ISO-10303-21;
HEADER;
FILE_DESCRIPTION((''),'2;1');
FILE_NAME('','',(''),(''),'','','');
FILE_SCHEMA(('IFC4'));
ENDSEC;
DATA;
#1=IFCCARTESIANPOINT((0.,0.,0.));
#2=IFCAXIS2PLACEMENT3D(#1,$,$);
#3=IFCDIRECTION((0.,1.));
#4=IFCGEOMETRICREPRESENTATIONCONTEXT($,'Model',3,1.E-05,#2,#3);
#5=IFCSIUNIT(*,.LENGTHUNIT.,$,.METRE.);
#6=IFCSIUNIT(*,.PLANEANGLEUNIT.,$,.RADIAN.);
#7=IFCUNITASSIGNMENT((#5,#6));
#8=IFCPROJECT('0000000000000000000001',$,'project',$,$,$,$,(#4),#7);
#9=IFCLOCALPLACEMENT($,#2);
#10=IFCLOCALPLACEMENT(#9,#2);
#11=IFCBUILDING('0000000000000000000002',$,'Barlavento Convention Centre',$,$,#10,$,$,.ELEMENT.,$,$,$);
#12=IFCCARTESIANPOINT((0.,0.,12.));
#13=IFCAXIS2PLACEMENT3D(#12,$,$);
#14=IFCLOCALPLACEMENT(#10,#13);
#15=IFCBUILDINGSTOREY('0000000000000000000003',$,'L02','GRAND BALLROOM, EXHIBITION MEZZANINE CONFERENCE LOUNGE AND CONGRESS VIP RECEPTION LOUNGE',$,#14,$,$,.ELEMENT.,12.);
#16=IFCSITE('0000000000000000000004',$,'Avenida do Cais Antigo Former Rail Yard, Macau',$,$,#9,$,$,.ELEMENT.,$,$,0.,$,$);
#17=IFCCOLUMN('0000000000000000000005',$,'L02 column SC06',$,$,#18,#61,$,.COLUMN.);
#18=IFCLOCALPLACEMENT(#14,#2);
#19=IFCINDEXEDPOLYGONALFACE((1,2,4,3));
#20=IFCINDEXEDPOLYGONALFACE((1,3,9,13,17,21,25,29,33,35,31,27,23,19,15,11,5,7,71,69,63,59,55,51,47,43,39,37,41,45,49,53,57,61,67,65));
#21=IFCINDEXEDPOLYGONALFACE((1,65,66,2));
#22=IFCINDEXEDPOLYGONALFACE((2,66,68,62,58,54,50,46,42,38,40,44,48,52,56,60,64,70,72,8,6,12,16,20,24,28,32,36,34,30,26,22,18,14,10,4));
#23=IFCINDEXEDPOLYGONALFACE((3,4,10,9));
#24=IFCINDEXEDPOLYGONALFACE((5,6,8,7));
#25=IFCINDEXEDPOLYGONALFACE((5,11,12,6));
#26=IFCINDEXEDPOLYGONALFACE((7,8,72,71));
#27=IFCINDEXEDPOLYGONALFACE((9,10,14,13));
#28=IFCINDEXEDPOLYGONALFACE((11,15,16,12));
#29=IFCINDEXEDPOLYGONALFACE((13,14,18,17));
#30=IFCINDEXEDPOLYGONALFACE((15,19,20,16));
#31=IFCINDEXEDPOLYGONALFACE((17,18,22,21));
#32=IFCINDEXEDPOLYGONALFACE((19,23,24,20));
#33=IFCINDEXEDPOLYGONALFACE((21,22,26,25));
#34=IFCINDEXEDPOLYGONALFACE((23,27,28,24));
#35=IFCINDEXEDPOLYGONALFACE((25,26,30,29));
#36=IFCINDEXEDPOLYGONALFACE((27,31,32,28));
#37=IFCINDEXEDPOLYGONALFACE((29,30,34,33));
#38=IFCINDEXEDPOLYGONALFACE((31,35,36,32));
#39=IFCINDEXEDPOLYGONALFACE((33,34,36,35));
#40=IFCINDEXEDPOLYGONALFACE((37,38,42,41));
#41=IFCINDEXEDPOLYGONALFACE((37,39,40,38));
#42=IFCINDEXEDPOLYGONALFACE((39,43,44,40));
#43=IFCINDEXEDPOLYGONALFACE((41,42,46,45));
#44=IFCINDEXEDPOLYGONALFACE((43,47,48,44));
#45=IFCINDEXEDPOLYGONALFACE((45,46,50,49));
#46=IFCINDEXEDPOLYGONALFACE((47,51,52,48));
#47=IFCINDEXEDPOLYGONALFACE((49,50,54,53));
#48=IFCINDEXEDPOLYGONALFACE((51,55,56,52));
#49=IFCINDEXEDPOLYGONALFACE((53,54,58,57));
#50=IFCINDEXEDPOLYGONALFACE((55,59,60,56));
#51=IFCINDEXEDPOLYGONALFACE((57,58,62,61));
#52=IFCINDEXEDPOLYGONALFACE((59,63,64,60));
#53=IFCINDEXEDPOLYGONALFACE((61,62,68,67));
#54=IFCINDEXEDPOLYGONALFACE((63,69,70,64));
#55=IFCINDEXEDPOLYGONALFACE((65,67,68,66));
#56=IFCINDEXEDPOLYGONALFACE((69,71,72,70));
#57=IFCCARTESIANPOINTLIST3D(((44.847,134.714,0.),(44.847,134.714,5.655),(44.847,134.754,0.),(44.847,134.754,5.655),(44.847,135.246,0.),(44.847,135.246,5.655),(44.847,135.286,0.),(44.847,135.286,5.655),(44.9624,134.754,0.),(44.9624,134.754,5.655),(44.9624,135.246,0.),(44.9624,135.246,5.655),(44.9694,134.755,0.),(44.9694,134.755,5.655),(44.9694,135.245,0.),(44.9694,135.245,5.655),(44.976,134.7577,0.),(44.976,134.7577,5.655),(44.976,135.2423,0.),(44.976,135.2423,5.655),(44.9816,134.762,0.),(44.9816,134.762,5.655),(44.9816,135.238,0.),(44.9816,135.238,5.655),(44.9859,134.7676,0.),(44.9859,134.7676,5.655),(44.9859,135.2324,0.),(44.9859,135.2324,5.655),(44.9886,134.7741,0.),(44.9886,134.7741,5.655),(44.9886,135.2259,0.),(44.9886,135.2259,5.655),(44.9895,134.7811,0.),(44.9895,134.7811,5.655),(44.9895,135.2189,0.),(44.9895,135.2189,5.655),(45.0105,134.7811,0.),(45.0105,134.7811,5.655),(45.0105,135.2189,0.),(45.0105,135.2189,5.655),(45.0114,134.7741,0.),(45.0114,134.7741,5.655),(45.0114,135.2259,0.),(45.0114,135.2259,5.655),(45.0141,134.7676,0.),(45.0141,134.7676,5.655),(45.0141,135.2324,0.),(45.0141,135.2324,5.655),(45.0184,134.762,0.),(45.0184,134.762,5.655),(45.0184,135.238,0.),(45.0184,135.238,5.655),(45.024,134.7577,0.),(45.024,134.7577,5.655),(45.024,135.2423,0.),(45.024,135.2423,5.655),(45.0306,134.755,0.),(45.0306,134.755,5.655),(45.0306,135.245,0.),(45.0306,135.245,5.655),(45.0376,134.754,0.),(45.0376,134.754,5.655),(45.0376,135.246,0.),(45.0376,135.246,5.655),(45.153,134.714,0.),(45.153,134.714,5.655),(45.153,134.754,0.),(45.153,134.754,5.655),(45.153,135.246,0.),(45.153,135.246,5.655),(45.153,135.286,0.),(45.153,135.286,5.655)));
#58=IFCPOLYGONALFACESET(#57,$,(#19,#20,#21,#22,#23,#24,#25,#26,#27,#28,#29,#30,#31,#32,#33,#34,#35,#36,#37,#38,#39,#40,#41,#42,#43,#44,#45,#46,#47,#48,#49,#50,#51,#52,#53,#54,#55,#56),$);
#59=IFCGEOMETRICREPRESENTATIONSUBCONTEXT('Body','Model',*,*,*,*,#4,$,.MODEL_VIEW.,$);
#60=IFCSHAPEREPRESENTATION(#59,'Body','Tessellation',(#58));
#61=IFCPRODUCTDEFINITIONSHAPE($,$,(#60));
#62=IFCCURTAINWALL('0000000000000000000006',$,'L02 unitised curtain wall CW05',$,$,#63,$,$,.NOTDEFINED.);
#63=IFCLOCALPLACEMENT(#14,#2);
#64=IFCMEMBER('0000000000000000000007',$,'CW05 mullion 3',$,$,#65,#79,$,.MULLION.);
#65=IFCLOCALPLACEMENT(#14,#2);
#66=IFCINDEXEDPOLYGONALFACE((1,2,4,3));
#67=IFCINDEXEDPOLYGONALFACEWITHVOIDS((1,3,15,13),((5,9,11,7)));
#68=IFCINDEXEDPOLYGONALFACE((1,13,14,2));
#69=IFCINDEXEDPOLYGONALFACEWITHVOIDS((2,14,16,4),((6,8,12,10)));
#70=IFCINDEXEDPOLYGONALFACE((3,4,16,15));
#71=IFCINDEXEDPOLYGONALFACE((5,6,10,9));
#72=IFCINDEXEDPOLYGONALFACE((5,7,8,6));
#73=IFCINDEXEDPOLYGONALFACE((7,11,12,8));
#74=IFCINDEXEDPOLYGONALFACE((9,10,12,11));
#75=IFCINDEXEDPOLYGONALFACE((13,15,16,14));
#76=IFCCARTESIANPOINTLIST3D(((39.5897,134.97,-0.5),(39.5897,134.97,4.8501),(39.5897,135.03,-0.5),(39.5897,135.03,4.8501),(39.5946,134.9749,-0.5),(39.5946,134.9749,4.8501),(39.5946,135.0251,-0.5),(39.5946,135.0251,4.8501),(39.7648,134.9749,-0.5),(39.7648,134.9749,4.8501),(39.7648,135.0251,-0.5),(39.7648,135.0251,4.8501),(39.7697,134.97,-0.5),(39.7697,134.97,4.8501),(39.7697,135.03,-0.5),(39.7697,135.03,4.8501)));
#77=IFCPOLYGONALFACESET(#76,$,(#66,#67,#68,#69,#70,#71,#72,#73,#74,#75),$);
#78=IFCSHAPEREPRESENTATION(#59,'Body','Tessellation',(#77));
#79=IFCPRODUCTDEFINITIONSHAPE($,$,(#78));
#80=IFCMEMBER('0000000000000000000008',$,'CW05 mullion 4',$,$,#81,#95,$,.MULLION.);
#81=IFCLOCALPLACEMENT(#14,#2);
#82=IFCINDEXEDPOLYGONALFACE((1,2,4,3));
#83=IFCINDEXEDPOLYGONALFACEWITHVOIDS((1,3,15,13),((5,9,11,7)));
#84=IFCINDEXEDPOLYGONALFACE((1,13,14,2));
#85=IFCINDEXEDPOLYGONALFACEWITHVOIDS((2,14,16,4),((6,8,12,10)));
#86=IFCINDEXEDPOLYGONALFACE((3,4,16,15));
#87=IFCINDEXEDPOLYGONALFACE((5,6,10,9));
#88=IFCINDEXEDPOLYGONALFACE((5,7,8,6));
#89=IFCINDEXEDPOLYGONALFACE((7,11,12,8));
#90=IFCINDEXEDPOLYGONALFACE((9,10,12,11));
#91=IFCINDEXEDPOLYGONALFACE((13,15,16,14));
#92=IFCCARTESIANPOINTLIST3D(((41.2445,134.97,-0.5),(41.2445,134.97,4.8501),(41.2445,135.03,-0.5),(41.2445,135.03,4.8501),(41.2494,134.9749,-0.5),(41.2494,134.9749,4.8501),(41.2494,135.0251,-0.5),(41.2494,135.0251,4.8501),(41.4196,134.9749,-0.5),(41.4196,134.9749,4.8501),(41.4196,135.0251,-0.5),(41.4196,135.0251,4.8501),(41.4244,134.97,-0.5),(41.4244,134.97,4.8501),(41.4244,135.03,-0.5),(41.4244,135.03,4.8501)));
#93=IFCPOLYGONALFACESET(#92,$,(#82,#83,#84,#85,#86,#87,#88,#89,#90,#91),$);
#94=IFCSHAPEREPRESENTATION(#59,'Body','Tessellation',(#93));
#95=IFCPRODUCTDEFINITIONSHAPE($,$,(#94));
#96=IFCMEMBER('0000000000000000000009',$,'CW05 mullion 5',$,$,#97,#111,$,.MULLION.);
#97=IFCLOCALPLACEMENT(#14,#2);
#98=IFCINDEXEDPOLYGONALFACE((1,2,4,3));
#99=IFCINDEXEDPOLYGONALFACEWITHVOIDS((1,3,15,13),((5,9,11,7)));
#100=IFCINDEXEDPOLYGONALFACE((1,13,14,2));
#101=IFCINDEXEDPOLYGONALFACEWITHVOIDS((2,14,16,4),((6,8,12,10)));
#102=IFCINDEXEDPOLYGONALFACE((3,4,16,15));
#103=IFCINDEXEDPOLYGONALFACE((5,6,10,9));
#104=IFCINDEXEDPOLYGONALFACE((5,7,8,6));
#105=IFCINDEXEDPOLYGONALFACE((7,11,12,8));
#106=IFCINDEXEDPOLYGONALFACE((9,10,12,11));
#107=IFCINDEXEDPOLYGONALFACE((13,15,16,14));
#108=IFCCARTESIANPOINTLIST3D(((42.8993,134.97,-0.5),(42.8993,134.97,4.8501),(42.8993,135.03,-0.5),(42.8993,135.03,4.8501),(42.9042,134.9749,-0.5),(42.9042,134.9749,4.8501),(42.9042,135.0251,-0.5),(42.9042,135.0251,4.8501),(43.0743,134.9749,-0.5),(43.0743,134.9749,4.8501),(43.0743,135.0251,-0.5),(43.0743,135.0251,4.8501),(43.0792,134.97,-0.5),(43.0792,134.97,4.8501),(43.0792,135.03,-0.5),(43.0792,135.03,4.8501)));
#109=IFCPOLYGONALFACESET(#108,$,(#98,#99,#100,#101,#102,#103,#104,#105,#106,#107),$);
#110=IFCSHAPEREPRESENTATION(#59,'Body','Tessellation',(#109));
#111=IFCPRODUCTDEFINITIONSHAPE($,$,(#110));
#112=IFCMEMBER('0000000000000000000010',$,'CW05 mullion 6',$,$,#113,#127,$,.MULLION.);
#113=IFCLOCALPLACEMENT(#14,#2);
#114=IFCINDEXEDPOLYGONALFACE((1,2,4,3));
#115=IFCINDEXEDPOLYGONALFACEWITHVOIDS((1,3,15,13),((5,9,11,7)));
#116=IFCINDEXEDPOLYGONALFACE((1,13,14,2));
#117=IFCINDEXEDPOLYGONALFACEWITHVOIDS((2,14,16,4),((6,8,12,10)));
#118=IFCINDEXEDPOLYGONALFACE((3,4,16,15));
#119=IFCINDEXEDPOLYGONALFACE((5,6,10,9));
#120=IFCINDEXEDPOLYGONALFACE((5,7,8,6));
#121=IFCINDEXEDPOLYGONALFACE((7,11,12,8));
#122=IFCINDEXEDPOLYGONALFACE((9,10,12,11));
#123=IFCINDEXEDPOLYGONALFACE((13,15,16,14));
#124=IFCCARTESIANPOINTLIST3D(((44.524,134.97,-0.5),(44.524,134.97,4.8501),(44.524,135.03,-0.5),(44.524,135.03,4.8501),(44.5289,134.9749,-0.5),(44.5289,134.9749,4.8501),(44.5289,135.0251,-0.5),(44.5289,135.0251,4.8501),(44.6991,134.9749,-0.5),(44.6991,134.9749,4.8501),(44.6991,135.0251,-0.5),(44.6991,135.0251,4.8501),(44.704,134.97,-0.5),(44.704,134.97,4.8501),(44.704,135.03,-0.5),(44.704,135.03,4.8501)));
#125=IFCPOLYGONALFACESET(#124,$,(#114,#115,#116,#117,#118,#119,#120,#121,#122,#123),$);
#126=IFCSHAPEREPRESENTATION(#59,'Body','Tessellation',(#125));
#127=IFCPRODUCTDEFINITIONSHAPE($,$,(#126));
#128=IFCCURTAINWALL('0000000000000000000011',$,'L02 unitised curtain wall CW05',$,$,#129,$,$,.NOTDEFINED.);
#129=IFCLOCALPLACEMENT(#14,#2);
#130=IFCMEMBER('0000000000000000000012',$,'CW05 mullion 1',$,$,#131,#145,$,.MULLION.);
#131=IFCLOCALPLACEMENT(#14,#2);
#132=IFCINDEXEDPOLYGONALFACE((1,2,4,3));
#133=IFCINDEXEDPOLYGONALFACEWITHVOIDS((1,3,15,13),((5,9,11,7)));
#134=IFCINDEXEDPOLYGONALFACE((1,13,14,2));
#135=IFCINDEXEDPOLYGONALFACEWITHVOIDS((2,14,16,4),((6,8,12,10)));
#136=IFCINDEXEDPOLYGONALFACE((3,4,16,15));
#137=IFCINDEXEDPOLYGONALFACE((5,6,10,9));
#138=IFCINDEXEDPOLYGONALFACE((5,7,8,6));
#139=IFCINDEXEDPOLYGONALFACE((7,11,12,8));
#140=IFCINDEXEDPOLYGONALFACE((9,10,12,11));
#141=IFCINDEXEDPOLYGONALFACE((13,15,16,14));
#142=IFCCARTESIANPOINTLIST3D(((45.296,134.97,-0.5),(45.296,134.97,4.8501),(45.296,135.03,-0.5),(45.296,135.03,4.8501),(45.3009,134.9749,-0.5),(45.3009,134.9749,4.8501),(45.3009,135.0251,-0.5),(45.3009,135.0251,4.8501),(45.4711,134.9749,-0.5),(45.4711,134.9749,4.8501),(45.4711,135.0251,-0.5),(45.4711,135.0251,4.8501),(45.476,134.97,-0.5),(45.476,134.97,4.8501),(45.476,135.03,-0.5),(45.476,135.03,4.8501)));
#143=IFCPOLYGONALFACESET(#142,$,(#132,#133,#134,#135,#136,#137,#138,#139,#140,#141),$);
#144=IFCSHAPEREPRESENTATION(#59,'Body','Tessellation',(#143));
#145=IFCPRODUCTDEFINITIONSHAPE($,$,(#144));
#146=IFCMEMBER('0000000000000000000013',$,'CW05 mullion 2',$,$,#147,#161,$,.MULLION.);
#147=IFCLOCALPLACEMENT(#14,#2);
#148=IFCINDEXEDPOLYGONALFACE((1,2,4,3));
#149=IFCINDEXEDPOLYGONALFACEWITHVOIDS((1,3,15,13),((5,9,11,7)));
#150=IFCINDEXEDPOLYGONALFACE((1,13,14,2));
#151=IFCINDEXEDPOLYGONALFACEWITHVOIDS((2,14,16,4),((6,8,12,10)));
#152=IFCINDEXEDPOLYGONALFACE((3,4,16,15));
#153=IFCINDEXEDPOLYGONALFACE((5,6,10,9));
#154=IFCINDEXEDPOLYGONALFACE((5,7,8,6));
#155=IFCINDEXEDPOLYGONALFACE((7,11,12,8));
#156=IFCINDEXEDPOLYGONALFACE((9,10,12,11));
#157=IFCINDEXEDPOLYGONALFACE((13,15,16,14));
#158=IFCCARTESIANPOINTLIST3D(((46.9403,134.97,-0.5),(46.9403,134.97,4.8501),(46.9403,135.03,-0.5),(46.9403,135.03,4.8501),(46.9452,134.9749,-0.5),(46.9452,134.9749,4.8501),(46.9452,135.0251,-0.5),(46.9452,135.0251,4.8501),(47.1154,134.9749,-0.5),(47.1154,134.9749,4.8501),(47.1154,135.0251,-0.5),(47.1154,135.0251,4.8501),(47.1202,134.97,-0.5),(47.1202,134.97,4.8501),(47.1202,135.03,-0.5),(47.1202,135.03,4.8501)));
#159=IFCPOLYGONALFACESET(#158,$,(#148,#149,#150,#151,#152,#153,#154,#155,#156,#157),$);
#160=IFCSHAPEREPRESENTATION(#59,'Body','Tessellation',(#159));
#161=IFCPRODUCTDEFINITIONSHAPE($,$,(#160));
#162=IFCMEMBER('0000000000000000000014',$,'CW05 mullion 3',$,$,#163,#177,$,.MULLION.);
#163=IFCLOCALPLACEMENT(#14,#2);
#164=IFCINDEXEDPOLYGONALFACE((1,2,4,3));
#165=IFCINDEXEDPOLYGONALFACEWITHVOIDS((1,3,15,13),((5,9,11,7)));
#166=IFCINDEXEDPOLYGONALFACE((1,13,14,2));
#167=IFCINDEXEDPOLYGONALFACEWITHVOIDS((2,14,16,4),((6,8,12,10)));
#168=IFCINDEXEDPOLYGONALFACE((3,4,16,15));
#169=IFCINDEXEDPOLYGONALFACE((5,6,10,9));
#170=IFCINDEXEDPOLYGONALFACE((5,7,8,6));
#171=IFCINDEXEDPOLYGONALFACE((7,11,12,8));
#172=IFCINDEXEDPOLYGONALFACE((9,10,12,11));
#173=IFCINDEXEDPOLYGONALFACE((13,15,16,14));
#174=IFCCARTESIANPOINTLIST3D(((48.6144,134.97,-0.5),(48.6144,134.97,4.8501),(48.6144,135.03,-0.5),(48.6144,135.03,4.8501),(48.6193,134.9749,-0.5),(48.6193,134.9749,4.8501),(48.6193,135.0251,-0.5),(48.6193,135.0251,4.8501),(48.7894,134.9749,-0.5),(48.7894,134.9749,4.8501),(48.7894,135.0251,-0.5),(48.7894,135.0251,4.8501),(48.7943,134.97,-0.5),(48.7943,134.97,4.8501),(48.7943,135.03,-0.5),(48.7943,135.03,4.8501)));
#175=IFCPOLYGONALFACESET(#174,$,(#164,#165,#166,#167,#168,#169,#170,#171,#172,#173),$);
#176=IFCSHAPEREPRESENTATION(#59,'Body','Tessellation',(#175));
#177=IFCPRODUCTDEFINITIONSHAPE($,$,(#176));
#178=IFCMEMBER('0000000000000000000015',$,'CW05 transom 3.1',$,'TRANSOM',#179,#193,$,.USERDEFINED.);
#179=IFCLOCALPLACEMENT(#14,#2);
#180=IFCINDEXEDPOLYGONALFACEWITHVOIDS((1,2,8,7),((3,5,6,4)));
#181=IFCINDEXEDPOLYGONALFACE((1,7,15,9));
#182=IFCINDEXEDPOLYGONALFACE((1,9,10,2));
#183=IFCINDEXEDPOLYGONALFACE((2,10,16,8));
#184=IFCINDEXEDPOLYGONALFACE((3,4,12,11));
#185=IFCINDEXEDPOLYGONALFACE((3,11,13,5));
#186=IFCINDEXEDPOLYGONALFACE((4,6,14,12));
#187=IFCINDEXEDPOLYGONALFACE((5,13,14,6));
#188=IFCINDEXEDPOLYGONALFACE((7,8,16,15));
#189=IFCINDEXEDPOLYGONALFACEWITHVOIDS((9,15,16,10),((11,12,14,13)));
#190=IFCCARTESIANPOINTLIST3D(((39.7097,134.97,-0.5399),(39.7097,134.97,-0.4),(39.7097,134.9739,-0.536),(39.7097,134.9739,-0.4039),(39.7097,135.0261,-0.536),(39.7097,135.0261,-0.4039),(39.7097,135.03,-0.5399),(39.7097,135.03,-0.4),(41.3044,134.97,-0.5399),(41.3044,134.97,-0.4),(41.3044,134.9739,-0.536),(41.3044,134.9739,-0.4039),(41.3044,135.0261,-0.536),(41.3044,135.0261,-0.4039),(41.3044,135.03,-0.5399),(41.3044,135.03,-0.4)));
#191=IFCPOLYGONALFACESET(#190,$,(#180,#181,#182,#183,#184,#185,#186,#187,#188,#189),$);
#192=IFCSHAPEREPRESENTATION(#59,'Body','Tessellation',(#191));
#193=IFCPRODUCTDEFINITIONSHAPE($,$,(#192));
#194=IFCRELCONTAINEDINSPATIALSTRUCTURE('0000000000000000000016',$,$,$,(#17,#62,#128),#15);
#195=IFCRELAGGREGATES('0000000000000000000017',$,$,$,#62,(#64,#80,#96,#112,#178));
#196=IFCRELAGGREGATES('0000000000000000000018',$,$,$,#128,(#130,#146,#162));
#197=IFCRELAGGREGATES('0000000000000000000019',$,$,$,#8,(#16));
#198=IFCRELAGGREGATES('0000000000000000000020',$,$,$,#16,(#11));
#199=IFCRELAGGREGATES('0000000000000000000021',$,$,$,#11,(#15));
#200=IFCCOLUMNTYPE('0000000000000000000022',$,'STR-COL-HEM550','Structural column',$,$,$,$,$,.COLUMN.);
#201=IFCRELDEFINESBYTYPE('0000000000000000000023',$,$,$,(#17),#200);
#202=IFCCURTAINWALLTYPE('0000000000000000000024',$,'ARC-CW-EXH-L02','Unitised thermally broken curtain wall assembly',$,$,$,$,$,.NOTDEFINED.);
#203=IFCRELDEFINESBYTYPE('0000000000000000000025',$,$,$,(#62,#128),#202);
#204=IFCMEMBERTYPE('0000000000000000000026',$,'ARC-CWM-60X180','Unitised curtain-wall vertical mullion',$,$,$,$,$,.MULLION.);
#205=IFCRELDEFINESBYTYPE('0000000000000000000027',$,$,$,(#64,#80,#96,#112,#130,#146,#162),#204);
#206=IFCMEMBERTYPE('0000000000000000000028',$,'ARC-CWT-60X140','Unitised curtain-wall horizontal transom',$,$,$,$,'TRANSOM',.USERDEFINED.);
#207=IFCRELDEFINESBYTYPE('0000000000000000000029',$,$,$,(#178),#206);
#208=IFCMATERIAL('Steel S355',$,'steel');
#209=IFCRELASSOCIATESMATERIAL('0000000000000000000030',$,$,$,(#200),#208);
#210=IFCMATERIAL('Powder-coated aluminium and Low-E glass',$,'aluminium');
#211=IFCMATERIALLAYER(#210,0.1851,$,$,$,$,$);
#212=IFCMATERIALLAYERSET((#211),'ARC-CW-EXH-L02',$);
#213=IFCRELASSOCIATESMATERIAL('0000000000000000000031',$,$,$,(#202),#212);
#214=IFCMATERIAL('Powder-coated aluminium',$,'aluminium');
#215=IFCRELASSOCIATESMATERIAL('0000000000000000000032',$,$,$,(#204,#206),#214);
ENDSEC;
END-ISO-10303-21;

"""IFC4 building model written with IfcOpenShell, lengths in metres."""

from ifc_helpers import new_model, si_unit, direction, frame, origin, origin_2d, place, context, subcontext, project, spatial, hollow_rectangle, i_section, extrude, material, layer, layer_set, material_profile, profile_set, type_object, element, aggregate, save


model = new_model("IFC4")

# Units and contexts
model_context = context("Model", 3, precision=1e-05, world=origin(), true_north=direction((0.0, 1.0)))
body_context = subcontext(model_context, "Body", "Model", "MODEL_VIEW")
ifc_project = project(units=[si_unit("LENGTHUNIT", "METRE"), si_unit("PLANEANGLEUNIT", "RADIAN")], contexts=[model_context])

# Site, building, storey
site_placement = place(None, origin())
site = spatial("IfcSite", under=ifc_project, at=site_placement, Name="Avenida do Cais Antigo Former Rail Yard, Macau", CompositionType="ELEMENT", RefElevation=0.0)
building_placement = place(site_placement, origin())
building = spatial("IfcBuilding", under=site, at=building_placement, Name="Barlavento Convention Centre", CompositionType="ELEMENT")
storey_placement = place(building_placement, frame((0.0, 0.0, 12.0)))
storey = spatial("IfcBuildingStorey", under=building, at=storey_placement, Name="L02", Description="GRAND BALLROOM, EXHIBITION MEZZANINE CONFERENCE LOUNGE AND CONGRESS VIP RECEPTION LOUNGE", CompositionType="ELEMENT", Elevation=12.0)

# Column
ifc_material_1 = material(Name="Steel S355", Category="steel")
ifc_material_profile_1 = material_profile(ifc_material_1, i_section(OverallWidth=0.3059, OverallDepth=0.572, WebThickness=0.021, FlangeThickness=0.04, FilletRadius=0.0271, at=origin_2d()), Name="HEM 550")
ifc_profile_set_1 = profile_set([ifc_material_profile_1], Name="Steel S355")
column_type = type_object("IfcColumnType", Name="STR-COL-HEM550", Description="Structural column", PredefinedType="COLUMN", material=ifc_profile_set_1)
column_placement = place(storey_placement, frame((45.0, 135.0, 0.0), z_axis=(0.0, 0.0, 1.0), x_axis=(1.0, 0.0, 0.0)))
element("IfcColumn", 1, at=column_placement, inside=storey, type_object=column_type, Name="L02 column SC06", PredefinedType="COLUMN", context=body_context, shape_type="SweptSolid", body=[
    extrude(i_section(OverallWidth=0.3059, OverallDepth=0.572, WebThickness=0.021, FlangeThickness=0.04, FilletRadius=0.0271, at=origin_2d()), origin(), (0.0, 0.0, 1.0), 5.655),
])

# Curtain walls, members
ifc_material_2 = material(Name="Powder-coated aluminium and Low-E glass", Category="aluminium")
ifc_layer_1 = layer(ifc_material_2, 0.1851)
ifc_layer_set_1 = layer_set([ifc_layer_1], Name="ARC-CW-EXH-L02")
curtain_wall_type = type_object("IfcCurtainWallType", Name="ARC-CW-EXH-L02", Description="Unitised thermally broken curtain wall assembly", PredefinedType="NOTDEFINED", material=ifc_layer_set_1)
curtain_wall_1_placement = place(storey_placement, origin())
curtain_wall_1 = element("IfcCurtainWall", 2, at=curtain_wall_1_placement, inside=storey, type_object=curtain_wall_type, Name="L02 unitised curtain wall CW05", PredefinedType="NOTDEFINED")
ifc_material_3 = material(Name="Powder-coated aluminium", Category="aluminium")
ifc_material_profile_2 = material_profile(ifc_material_3, hollow_rectangle(XDim=0.0601, YDim=0.1799, WallThickness=0.0049, at=origin_2d()), Name="AL-MULL 60x180x5")
ifc_profile_set_2 = profile_set([ifc_material_profile_2], Name="Powder-coated aluminium")
member_type_1 = type_object("IfcMemberType", Name="ARC-CWM-60X180", Description="Unitised curtain-wall vertical mullion", PredefinedType="MULLION", material=ifc_profile_set_2)
member_1_placement = place(storey_placement, frame((39.6797, 135.0, -0.5), z_axis=(0.0, 0.0, 1.0), x_axis=(0.0, 1.0, 0.0)))
member_1 = element("IfcMember", 3, at=member_1_placement, type_object=member_type_1, Name="CW05 mullion 3", PredefinedType="MULLION", context=body_context, shape_type="SweptSolid", body=[
    extrude(hollow_rectangle(XDim=0.0601, YDim=0.1799, WallThickness=0.0049, at=origin_2d()), origin(), (0.0, 0.0, 1.0), 5.3501),
])
member_2_placement = place(storey_placement, frame((41.3345, 135.0, -0.5), z_axis=(0.0, 0.0, 1.0), x_axis=(0.0, 1.0, 0.0)))
member_2 = element("IfcMember", 4, at=member_2_placement, type_object=member_type_1, Name="CW05 mullion 4", PredefinedType="MULLION", context=body_context, shape_type="SweptSolid", body=[
    extrude(hollow_rectangle(XDim=0.0601, YDim=0.1799, WallThickness=0.0049, at=origin_2d()), origin(), (0.0, 0.0, 1.0), 5.3501),
])
member_3_placement = place(storey_placement, frame((42.9893, 135.0, -0.5), z_axis=(0.0, 0.0, 1.0), x_axis=(0.0, 1.0, 0.0)))
member_3 = element("IfcMember", 5, at=member_3_placement, type_object=member_type_1, Name="CW05 mullion 5", PredefinedType="MULLION", context=body_context, shape_type="SweptSolid", body=[
    extrude(hollow_rectangle(XDim=0.0601, YDim=0.1799, WallThickness=0.0049, at=origin_2d()), origin(), (0.0, 0.0, 1.0), 5.3501),
])
member_4_placement = place(storey_placement, frame((44.614, 135.0, -0.5), z_axis=(0.0, 0.0, 1.0), x_axis=(0.0, 1.0, 0.0)))
member_4 = element("IfcMember", 6, at=member_4_placement, type_object=member_type_1, Name="CW05 mullion 6", PredefinedType="MULLION", context=body_context, shape_type="SweptSolid", body=[
    extrude(hollow_rectangle(XDim=0.0601, YDim=0.1799, WallThickness=0.0049, at=origin_2d()), origin(), (0.0, 0.0, 1.0), 5.3501),
])
curtain_wall_2_placement = place(storey_placement, origin())
curtain_wall_2 = element("IfcCurtainWall", 7, at=curtain_wall_2_placement, inside=storey, type_object=curtain_wall_type, Name="L02 unitised curtain wall CW05", PredefinedType="NOTDEFINED")
member_5_placement = place(storey_placement, frame((45.386, 135.0, -0.5), z_axis=(0.0, 0.0, 1.0), x_axis=(0.0, 1.0, 0.0)))
member_5 = element("IfcMember", 8, at=member_5_placement, type_object=member_type_1, Name="CW05 mullion 1", PredefinedType="MULLION", context=body_context, shape_type="SweptSolid", body=[
    extrude(hollow_rectangle(XDim=0.0601, YDim=0.1799, WallThickness=0.0049, at=origin_2d()), origin(), (0.0, 0.0, 1.0), 5.3501),
])
member_6_placement = place(storey_placement, frame((47.0303, 135.0, -0.5), z_axis=(0.0, 0.0, 1.0), x_axis=(0.0, 1.0, 0.0)))
member_6 = element("IfcMember", 9, at=member_6_placement, type_object=member_type_1, Name="CW05 mullion 2", PredefinedType="MULLION", context=body_context, shape_type="SweptSolid", body=[
    extrude(hollow_rectangle(XDim=0.0601, YDim=0.1799, WallThickness=0.0049, at=origin_2d()), origin(), (0.0, 0.0, 1.0), 5.3501),
])
member_7_placement = place(storey_placement, frame((48.7043, 135.0, -0.5), z_axis=(0.0, 0.0, 1.0), x_axis=(0.0, 1.0, 0.0)))
member_7 = element("IfcMember", 10, at=member_7_placement, type_object=member_type_1, Name="CW05 mullion 3", PredefinedType="MULLION", context=body_context, shape_type="SweptSolid", body=[
    extrude(hollow_rectangle(XDim=0.0601, YDim=0.1799, WallThickness=0.0049, at=origin_2d()), origin(), (0.0, 0.0, 1.0), 5.3501),
])

# Member
ifc_material_profile_3 = material_profile(ifc_material_3, hollow_rectangle(XDim=0.0601, YDim=0.1399, WallThickness=0.0039, at=origin_2d()), Name="AL-TRAN 60x140x4")
ifc_profile_set_3 = profile_set([ifc_material_profile_3], Name="Powder-coated aluminium")
member_type_2 = type_object("IfcMemberType", Name="ARC-CWT-60X140", Description="Unitised curtain-wall horizontal transom", ElementType="TRANSOM", PredefinedType="USERDEFINED", material=ifc_profile_set_3)
member_8_placement = place(storey_placement, frame((39.7097, 135.0, -0.47), z_axis=(1.0, 0.0, 0.0), x_axis=(0.0, 1.0, 0.0)))
member_8 = element("IfcMember", 11, at=member_8_placement, type_object=member_type_2, Name="CW05 transom 3.1", ObjectType="TRANSOM", PredefinedType="USERDEFINED", context=body_context, shape_type="SweptSolid", body=[
    extrude(hollow_rectangle(XDim=0.0601, YDim=0.1399, WallThickness=0.0039, at=origin_2d()), origin(), (0.0, 0.0, 1.0), 1.5947),
])

aggregate(curtain_wall_1, [member_1, member_2, member_3, member_4, member_8])
aggregate(curtain_wall_2, [member_5, member_6, member_7])

save(model, "model.ifc")
